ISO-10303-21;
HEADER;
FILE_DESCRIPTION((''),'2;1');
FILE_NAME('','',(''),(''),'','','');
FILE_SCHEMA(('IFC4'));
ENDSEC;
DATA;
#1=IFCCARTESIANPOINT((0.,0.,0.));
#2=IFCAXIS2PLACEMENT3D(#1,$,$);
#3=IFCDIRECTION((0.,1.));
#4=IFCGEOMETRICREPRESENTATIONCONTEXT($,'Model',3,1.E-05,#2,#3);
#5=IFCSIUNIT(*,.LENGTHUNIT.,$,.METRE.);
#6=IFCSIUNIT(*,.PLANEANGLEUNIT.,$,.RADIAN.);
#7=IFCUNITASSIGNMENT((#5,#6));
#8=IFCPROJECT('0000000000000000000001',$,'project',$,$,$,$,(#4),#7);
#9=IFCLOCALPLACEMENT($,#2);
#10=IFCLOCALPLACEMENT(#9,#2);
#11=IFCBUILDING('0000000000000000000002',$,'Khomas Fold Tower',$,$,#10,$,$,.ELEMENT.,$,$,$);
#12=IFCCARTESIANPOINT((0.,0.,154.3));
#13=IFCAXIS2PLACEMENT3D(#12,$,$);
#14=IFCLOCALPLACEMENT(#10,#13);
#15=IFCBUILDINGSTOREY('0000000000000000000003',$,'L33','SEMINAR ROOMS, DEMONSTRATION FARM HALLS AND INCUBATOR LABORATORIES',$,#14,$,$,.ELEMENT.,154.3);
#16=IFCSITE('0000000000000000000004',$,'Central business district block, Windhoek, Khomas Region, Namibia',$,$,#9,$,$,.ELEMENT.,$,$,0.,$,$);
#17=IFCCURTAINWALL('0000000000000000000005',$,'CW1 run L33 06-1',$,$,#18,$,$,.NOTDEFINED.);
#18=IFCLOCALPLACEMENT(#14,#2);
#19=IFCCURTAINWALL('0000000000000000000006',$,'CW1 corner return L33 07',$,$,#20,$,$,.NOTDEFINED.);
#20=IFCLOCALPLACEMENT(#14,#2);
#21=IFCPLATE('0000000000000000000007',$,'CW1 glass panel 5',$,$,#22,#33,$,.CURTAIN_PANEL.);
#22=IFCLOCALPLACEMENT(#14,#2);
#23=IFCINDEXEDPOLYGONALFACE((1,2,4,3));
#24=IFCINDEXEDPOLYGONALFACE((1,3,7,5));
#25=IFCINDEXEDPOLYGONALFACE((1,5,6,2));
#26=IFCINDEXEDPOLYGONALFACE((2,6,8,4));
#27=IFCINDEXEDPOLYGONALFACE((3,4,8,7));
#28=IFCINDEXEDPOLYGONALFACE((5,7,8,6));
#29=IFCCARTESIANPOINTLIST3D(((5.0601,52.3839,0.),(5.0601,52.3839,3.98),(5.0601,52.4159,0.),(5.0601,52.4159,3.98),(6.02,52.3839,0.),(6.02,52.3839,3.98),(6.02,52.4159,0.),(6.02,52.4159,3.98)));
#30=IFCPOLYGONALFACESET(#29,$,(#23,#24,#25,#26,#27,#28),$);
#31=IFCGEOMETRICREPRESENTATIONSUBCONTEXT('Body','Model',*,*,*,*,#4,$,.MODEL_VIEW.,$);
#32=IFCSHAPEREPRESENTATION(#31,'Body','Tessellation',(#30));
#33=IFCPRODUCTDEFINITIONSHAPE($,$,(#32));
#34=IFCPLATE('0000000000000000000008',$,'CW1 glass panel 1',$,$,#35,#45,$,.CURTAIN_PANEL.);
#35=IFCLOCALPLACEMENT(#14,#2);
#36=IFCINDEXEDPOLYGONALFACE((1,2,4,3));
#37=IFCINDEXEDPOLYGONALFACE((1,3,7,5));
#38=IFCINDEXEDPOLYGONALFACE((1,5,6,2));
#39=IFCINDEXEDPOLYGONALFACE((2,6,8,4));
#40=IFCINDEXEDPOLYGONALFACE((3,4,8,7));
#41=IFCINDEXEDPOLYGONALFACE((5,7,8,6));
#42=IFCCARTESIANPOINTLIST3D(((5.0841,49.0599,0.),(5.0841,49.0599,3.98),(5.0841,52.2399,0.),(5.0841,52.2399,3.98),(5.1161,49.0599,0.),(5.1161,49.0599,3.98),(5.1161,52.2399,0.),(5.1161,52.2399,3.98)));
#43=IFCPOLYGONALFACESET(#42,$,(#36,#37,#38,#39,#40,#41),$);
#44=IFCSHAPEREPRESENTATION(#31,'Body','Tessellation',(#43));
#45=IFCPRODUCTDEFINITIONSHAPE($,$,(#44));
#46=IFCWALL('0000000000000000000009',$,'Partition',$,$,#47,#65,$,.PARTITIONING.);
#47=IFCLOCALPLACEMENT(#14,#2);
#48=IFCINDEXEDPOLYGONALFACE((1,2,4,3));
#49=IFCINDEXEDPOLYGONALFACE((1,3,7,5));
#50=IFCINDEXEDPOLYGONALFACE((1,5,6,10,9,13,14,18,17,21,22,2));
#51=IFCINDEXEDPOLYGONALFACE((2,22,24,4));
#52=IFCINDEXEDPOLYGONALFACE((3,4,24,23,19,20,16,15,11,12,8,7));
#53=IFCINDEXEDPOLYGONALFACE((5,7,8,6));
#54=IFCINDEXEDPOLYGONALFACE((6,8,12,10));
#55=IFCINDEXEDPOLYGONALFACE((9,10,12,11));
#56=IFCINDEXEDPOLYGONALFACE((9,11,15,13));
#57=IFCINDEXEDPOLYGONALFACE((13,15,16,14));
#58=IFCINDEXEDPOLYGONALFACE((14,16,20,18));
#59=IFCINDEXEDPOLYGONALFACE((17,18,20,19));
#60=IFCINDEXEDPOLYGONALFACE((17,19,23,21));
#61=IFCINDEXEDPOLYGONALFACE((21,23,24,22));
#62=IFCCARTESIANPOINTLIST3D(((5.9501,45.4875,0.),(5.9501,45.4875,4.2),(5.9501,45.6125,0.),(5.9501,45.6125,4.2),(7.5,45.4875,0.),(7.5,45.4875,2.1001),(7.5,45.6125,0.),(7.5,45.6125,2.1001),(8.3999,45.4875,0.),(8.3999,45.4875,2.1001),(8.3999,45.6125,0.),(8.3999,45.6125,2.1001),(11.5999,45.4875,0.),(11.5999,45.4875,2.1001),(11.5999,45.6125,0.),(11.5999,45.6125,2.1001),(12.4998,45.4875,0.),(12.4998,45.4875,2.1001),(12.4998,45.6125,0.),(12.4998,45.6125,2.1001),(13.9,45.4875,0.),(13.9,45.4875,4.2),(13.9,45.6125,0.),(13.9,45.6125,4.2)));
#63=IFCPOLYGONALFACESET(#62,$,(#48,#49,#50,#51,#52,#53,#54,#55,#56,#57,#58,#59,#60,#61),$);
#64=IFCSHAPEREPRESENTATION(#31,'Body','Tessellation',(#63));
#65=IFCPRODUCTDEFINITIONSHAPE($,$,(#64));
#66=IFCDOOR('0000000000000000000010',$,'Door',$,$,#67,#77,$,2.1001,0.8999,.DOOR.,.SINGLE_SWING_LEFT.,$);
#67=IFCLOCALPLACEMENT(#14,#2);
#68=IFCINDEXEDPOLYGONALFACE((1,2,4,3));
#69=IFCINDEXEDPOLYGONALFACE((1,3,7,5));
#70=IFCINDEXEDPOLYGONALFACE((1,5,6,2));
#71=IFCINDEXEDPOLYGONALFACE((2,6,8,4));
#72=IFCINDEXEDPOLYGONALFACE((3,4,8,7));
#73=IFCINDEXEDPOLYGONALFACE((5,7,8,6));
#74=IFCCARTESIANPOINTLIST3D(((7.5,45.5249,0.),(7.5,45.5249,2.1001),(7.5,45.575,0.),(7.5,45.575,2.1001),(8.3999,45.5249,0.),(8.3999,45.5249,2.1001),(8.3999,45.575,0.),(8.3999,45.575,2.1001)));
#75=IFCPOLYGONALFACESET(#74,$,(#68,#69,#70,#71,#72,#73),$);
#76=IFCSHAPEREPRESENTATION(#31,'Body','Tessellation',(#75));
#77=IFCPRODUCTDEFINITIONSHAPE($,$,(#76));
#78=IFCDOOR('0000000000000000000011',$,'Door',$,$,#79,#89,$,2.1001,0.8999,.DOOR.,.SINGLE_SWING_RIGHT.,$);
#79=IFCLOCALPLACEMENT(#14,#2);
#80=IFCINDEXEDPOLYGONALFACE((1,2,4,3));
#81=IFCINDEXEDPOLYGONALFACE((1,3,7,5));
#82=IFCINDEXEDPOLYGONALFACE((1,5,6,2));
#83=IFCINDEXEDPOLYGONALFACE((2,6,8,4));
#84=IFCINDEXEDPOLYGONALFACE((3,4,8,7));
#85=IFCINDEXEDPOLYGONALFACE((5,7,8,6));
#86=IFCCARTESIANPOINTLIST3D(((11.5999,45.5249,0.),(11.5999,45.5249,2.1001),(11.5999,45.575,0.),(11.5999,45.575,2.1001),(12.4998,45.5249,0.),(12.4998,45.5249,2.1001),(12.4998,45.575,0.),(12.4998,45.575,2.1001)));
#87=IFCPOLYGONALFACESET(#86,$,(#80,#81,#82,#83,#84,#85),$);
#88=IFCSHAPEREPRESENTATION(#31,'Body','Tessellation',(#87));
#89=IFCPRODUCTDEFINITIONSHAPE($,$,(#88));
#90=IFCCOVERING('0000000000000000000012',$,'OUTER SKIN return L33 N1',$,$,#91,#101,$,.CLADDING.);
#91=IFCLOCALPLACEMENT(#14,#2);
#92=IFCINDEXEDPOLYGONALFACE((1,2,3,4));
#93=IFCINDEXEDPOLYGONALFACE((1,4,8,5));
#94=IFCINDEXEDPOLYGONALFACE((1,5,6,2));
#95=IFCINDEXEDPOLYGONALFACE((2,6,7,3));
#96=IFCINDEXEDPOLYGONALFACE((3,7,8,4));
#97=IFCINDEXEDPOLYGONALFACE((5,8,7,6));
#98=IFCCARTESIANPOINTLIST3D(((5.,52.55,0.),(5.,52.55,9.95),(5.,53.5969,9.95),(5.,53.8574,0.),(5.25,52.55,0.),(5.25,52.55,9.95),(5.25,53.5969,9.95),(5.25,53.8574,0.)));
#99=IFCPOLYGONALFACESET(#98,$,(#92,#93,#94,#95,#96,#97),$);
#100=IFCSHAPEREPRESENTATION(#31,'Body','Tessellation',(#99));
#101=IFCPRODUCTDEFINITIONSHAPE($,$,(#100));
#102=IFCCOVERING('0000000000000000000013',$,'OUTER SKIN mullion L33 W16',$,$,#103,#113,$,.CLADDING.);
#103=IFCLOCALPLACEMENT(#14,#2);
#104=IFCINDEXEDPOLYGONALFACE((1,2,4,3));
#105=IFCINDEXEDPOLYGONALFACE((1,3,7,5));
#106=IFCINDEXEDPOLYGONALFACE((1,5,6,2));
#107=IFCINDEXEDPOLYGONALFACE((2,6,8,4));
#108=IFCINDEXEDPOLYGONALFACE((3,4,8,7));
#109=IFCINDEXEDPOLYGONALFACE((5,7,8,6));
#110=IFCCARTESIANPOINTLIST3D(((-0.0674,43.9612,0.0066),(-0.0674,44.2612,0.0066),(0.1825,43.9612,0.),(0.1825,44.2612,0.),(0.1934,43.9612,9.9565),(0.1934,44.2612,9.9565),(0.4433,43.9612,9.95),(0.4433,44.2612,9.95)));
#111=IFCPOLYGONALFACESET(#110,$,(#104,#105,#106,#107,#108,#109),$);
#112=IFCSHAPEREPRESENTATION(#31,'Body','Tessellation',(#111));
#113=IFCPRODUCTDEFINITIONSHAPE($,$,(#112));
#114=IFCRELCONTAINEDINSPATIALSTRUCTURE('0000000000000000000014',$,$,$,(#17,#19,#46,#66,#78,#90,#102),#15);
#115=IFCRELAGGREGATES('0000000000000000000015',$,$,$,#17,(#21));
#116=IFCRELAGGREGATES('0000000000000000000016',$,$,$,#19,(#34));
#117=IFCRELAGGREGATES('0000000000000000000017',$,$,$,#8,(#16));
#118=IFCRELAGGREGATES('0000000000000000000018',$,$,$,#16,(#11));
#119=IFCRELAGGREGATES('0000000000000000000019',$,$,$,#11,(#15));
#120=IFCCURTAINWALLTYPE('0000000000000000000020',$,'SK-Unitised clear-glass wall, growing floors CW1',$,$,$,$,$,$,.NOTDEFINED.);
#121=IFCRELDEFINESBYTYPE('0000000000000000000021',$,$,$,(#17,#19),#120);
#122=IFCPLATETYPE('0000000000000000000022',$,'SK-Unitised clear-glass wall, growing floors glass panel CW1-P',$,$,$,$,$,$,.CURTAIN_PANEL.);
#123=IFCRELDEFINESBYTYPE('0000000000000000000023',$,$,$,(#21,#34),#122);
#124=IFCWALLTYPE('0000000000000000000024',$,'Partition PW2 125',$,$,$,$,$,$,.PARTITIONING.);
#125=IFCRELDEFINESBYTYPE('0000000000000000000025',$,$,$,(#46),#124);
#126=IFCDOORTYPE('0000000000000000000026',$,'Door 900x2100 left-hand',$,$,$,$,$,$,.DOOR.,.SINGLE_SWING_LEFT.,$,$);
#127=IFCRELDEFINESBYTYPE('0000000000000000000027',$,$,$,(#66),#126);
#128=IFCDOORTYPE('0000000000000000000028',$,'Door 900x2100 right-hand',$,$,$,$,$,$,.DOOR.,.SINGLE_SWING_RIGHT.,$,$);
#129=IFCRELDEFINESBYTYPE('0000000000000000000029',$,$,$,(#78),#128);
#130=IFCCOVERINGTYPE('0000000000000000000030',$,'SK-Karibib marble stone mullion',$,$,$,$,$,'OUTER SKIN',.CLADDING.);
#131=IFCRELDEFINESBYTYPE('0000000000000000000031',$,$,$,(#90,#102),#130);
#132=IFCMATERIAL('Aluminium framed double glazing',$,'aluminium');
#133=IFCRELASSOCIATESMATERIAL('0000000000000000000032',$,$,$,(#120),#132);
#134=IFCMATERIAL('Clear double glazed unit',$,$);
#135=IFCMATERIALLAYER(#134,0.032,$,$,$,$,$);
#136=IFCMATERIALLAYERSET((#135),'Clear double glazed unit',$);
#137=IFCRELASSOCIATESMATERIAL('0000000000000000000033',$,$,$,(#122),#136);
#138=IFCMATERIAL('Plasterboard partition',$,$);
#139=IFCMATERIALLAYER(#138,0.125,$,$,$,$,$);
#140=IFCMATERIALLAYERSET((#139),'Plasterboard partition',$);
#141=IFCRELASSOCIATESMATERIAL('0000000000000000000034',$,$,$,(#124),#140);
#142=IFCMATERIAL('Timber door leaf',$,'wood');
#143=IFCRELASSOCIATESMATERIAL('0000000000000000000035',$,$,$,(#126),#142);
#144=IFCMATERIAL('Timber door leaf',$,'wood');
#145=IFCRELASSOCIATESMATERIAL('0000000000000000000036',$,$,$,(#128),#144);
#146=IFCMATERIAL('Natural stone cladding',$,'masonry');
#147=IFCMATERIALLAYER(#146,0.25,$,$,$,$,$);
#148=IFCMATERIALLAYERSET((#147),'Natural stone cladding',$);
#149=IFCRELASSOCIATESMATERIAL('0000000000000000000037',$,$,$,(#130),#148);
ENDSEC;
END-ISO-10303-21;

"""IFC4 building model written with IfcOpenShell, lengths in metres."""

from ifc_helpers import new_model, si_unit, direction, frame, frame_2d, origin, origin_2d, place, context, subcontext, project, spatial, polyline, rectangle, outline, extrude, source, transform, mapped, material, layer, layer_set, type_object, element, fill, aggregate, save


model = new_model("IFC4")

# Units and contexts
model_context = context("Model", 3, precision=1e-05, world=origin(), true_north=direction((0.0, 1.0)))
body_context = subcontext(model_context, "Body", "Model", "MODEL_VIEW")
ifc_project = project(units=[si_unit("LENGTHUNIT", "METRE"), si_unit("PLANEANGLEUNIT", "RADIAN")], contexts=[model_context])

# Site, building, storey
site_placement = place(None, origin())
site = spatial("IfcSite", under=ifc_project, at=site_placement, Name="Central business district block, Windhoek, Khomas Region, Namibia", CompositionType="ELEMENT", RefElevation=0.0)
building_placement = place(site_placement, origin())
building = spatial("IfcBuilding", under=site, at=building_placement, Name="Khomas Fold Tower", CompositionType="ELEMENT")
storey_placement = place(building_placement, frame((0.0, 0.0, 154.3)))
storey = spatial("IfcBuildingStorey", under=building, at=storey_placement, Name="L33", Description="SEMINAR ROOMS, DEMONSTRATION FARM HALLS AND INCUBATOR LABORATORIES", CompositionType="ELEMENT", Elevation=154.3)

# Shared definitions
ifc_material_1 = material(Name="Aluminium framed double glazing", Category="aluminium")
curtain_wall_type = type_object("IfcCurtainWallType", Name="SK-Unitised clear-glass wall, growing floors CW1", PredefinedType="NOTDEFINED", material=ifc_material_1)

# Curtain walls
curtain_wall_1_placement = place(storey_placement, origin())
curtain_wall_1 = element("IfcCurtainWall", 1, at=curtain_wall_1_placement, inside=storey, type_object=curtain_wall_type, Name="CW1 run L33 06-1", PredefinedType="NOTDEFINED")
curtain_wall_2_placement = place(storey_placement, origin())
curtain_wall_2 = element("IfcCurtainWall", 2, at=curtain_wall_2_placement, inside=storey, type_object=curtain_wall_type, Name="CW1 corner return L33 07", PredefinedType="NOTDEFINED")

# Plates
ifc_material_2 = material(Name="Clear double glazed unit")
ifc_layer_1 = layer(ifc_material_2, 0.032)
ifc_layer_set_1 = layer_set([ifc_layer_1], Name="Clear double glazed unit")
plate_type_1 = type_object("IfcPlateType", Name="SK-Unitised clear-glass wall, growing floors glass panel CW1-P", PredefinedType="CURTAIN_PANEL", material=ifc_layer_set_1)
shared_shape_1 = source(origin(), body_context, "Body", "SweptSolid", [
    extrude(rectangle(XDim=0.96, YDim=0.032, at=origin_2d()), origin(), (0.0, 0.0, 1.0), 3.98),
])
plate_1_placement = place(storey_placement, frame((5.54, 52.3999, 0.0), z_axis=(0.0, 0.0, 1.0), x_axis=(-1.0, 0.0, 0.0)))
plate_1 = element("IfcPlate", 3, at=plate_1_placement, type_object=plate_type_1, Name="CW1 glass panel 5", PredefinedType="CURTAIN_PANEL", context=body_context, shape_type="MappedRepresentation", body=[
    mapped(shared_shape_1, transform((0.0, 0.0, 0.0))),
])
aggregate(curtain_wall_1, [plate_1])
shared_shape_2 = source(origin(), body_context, "Body", "SweptSolid", [
    extrude(rectangle(XDim=3.1799, YDim=0.032, at=origin_2d()), origin(), (0.0, 0.0, 1.0), 3.98),
])
plate_2_placement = place(storey_placement, frame((5.1001, 50.6499, 0.0), z_axis=(0.0, 0.0, 1.0), x_axis=(0.0, -1.0, 0.0)))
plate_2 = element("IfcPlate", 4, at=plate_2_placement, type_object=plate_type_1, Name="CW1 glass panel 1", PredefinedType="CURTAIN_PANEL", context=body_context, shape_type="MappedRepresentation", body=[
    mapped(shared_shape_2, transform((0.0, 0.0, 0.0))),
])
aggregate(curtain_wall_2, [plate_2])

# Wall, openings, doors
ifc_material_3 = material(Name="Plasterboard partition")
ifc_layer_2 = layer(ifc_material_3, 0.125)
ifc_layer_set_2 = layer_set([ifc_layer_2], Name="Plasterboard partition")
wall_type = type_object("IfcWallType", Name="Partition PW2 125", PredefinedType="PARTITIONING", material=ifc_layer_set_2)
shared_shape_3 = source(origin(), body_context, "Body", "SweptSolid", [
    extrude(rectangle(XDim=7.95, YDim=0.125, at=frame_2d((3.9751, 0.0))), origin(), (0.0, 0.0, 1.0), 4.2),
])
wall_placement = place(storey_placement, frame((5.95, 45.55, 0.0), z_axis=(0.0, 0.0, 1.0), x_axis=(1.0, 0.0, 0.0)))
wall = element("IfcWall", 5, at=wall_placement, inside=storey, type_object=wall_type, Name="Partition", PredefinedType="PARTITIONING", context=body_context, shape_type="MappedRepresentation", body=[
    mapped(shared_shape_3, transform((0.0, 0.0, 0.0))),
])
shared_shape_4 = source(origin(), body_context, "Body", "SweptSolid", [
    extrude(rectangle(XDim=0.8999, YDim=2.1001, at=frame_2d((0.45, 1.05))), frame((0.0, 0.0725, 0.0), z_axis=(0.0, -1.0, 0.0), x_axis=(1.0, 0.0, 0.0)), (0.0, 0.0, 1.0), 0.145),
])
opening_1_placement = place(wall_placement, frame((1.55, 0.0, 0.0)))
opening_1 = element("IfcOpeningElement", 6, at=opening_1_placement, cuts=wall, PredefinedType="OPENING", context=body_context, shape_type="MappedRepresentation", body=[
    mapped(shared_shape_4, transform((0.0, 0.0, 0.0))),
])
opening_2_placement = place(wall_placement, frame((5.6499, 0.0, 0.0)))
opening_2 = element("IfcOpeningElement", 7, at=opening_2_placement, cuts=wall, PredefinedType="OPENING", context=body_context, shape_type="MappedRepresentation", body=[
    mapped(shared_shape_4, transform((0.0, 0.0, 0.0))),
])
ifc_material_4 = material(Name="Timber door leaf", Category="wood")
door_type_1 = type_object("IfcDoorType", Name="Door 900x2100 left-hand", OperationType="SINGLE_SWING_LEFT", PredefinedType="DOOR", material=ifc_material_4)
shared_shape_5 = source(origin(), body_context, "Body", "SweptSolid", [
    extrude(rectangle(XDim=0.8999, YDim=2.1001, at=frame_2d((0.45, 1.05))), frame((0.0, 0.0249, 0.0), z_axis=(0.0, -1.0, 0.0), x_axis=(1.0, 0.0, 0.0)), (0.0, 0.0, 1.0), 0.05),
])
door_1_placement = place(opening_1_placement, origin())
door_1 = element("IfcDoor", 8, at=door_1_placement, inside=storey, type_object=door_type_1, Name="Door", OperationType="SINGLE_SWING_LEFT", OverallHeight=2.1001, OverallWidth=0.8999, PredefinedType="DOOR", context=body_context, shape_type="MappedRepresentation", body=[
    mapped(shared_shape_5, transform((0.0, 0.0, 0.0))),
])
fill(opening_1, door_1)
ifc_material_5 = material(Name="Timber door leaf", Category="wood")
door_type_2 = type_object("IfcDoorType", Name="Door 900x2100 right-hand", OperationType="SINGLE_SWING_RIGHT", PredefinedType="DOOR", material=ifc_material_5)
door_2_placement = place(opening_2_placement, origin())
door_2 = element("IfcDoor", 9, at=door_2_placement, inside=storey, type_object=door_type_2, Name="Door", OperationType="SINGLE_SWING_RIGHT", OverallHeight=2.1001, OverallWidth=0.8999, PredefinedType="DOOR", context=body_context, shape_type="MappedRepresentation", body=[
    mapped(shared_shape_5, transform((0.0, 0.0, 0.0))),
])
fill(opening_2, door_2)

# Coverings
ifc_material_6 = material(Name="Natural stone cladding", Category="masonry")
ifc_layer_3 = layer(ifc_material_6, 0.25)
ifc_layer_set_3 = layer_set([ifc_layer_3], Name="Natural stone cladding")
covering_type = type_object("IfcCoveringType", Name="SK-Karibib marble stone mullion", ElementType="OUTER SKIN", PredefinedType="CLADDING", material=ifc_layer_set_3)
covering_1_placement = place(storey_placement, frame((5.0, 52.55, 9.95), z_axis=(-1.0, 0.0, 0.0), x_axis=(0.0, 1.0, 0.0)))
element("IfcCovering", 10, at=covering_1_placement, inside=storey, type_object=covering_type, Name="OUTER SKIN return L33 N1", PredefinedType="CLADDING", context=body_context, shape_type="SweptSolid", body=[
    extrude(outline(polyline([(0.0, 0.0), (1.0469, 0.0), (1.3074, 9.95), (0.0, 9.95), (0.0, 0.0)])), origin(), (0.0, 0.0, -1.0), 0.25),
])
covering_2_placement = place(storey_placement, frame((-0.0674, 43.9612, 0.0066), z_axis=(-0.999657, 0.0, 0.026196), x_axis=(0.0, 1.0, 0.0)))
element("IfcCovering", 11, at=covering_2_placement, inside=storey, type_object=covering_type, Name="OUTER SKIN mullion L33 W16", PredefinedType="CLADDING", context=body_context, shape_type="SweptSolid", body=[
    extrude(outline(polyline([(0.0, 0.0), (0.3, 0.0), (0.3, -9.9534), (0.0, -9.9534), (0.0, 0.0)])), origin(), (0.0, 0.0, -1.0), 0.25),
])

save(model, "model.ifc")
